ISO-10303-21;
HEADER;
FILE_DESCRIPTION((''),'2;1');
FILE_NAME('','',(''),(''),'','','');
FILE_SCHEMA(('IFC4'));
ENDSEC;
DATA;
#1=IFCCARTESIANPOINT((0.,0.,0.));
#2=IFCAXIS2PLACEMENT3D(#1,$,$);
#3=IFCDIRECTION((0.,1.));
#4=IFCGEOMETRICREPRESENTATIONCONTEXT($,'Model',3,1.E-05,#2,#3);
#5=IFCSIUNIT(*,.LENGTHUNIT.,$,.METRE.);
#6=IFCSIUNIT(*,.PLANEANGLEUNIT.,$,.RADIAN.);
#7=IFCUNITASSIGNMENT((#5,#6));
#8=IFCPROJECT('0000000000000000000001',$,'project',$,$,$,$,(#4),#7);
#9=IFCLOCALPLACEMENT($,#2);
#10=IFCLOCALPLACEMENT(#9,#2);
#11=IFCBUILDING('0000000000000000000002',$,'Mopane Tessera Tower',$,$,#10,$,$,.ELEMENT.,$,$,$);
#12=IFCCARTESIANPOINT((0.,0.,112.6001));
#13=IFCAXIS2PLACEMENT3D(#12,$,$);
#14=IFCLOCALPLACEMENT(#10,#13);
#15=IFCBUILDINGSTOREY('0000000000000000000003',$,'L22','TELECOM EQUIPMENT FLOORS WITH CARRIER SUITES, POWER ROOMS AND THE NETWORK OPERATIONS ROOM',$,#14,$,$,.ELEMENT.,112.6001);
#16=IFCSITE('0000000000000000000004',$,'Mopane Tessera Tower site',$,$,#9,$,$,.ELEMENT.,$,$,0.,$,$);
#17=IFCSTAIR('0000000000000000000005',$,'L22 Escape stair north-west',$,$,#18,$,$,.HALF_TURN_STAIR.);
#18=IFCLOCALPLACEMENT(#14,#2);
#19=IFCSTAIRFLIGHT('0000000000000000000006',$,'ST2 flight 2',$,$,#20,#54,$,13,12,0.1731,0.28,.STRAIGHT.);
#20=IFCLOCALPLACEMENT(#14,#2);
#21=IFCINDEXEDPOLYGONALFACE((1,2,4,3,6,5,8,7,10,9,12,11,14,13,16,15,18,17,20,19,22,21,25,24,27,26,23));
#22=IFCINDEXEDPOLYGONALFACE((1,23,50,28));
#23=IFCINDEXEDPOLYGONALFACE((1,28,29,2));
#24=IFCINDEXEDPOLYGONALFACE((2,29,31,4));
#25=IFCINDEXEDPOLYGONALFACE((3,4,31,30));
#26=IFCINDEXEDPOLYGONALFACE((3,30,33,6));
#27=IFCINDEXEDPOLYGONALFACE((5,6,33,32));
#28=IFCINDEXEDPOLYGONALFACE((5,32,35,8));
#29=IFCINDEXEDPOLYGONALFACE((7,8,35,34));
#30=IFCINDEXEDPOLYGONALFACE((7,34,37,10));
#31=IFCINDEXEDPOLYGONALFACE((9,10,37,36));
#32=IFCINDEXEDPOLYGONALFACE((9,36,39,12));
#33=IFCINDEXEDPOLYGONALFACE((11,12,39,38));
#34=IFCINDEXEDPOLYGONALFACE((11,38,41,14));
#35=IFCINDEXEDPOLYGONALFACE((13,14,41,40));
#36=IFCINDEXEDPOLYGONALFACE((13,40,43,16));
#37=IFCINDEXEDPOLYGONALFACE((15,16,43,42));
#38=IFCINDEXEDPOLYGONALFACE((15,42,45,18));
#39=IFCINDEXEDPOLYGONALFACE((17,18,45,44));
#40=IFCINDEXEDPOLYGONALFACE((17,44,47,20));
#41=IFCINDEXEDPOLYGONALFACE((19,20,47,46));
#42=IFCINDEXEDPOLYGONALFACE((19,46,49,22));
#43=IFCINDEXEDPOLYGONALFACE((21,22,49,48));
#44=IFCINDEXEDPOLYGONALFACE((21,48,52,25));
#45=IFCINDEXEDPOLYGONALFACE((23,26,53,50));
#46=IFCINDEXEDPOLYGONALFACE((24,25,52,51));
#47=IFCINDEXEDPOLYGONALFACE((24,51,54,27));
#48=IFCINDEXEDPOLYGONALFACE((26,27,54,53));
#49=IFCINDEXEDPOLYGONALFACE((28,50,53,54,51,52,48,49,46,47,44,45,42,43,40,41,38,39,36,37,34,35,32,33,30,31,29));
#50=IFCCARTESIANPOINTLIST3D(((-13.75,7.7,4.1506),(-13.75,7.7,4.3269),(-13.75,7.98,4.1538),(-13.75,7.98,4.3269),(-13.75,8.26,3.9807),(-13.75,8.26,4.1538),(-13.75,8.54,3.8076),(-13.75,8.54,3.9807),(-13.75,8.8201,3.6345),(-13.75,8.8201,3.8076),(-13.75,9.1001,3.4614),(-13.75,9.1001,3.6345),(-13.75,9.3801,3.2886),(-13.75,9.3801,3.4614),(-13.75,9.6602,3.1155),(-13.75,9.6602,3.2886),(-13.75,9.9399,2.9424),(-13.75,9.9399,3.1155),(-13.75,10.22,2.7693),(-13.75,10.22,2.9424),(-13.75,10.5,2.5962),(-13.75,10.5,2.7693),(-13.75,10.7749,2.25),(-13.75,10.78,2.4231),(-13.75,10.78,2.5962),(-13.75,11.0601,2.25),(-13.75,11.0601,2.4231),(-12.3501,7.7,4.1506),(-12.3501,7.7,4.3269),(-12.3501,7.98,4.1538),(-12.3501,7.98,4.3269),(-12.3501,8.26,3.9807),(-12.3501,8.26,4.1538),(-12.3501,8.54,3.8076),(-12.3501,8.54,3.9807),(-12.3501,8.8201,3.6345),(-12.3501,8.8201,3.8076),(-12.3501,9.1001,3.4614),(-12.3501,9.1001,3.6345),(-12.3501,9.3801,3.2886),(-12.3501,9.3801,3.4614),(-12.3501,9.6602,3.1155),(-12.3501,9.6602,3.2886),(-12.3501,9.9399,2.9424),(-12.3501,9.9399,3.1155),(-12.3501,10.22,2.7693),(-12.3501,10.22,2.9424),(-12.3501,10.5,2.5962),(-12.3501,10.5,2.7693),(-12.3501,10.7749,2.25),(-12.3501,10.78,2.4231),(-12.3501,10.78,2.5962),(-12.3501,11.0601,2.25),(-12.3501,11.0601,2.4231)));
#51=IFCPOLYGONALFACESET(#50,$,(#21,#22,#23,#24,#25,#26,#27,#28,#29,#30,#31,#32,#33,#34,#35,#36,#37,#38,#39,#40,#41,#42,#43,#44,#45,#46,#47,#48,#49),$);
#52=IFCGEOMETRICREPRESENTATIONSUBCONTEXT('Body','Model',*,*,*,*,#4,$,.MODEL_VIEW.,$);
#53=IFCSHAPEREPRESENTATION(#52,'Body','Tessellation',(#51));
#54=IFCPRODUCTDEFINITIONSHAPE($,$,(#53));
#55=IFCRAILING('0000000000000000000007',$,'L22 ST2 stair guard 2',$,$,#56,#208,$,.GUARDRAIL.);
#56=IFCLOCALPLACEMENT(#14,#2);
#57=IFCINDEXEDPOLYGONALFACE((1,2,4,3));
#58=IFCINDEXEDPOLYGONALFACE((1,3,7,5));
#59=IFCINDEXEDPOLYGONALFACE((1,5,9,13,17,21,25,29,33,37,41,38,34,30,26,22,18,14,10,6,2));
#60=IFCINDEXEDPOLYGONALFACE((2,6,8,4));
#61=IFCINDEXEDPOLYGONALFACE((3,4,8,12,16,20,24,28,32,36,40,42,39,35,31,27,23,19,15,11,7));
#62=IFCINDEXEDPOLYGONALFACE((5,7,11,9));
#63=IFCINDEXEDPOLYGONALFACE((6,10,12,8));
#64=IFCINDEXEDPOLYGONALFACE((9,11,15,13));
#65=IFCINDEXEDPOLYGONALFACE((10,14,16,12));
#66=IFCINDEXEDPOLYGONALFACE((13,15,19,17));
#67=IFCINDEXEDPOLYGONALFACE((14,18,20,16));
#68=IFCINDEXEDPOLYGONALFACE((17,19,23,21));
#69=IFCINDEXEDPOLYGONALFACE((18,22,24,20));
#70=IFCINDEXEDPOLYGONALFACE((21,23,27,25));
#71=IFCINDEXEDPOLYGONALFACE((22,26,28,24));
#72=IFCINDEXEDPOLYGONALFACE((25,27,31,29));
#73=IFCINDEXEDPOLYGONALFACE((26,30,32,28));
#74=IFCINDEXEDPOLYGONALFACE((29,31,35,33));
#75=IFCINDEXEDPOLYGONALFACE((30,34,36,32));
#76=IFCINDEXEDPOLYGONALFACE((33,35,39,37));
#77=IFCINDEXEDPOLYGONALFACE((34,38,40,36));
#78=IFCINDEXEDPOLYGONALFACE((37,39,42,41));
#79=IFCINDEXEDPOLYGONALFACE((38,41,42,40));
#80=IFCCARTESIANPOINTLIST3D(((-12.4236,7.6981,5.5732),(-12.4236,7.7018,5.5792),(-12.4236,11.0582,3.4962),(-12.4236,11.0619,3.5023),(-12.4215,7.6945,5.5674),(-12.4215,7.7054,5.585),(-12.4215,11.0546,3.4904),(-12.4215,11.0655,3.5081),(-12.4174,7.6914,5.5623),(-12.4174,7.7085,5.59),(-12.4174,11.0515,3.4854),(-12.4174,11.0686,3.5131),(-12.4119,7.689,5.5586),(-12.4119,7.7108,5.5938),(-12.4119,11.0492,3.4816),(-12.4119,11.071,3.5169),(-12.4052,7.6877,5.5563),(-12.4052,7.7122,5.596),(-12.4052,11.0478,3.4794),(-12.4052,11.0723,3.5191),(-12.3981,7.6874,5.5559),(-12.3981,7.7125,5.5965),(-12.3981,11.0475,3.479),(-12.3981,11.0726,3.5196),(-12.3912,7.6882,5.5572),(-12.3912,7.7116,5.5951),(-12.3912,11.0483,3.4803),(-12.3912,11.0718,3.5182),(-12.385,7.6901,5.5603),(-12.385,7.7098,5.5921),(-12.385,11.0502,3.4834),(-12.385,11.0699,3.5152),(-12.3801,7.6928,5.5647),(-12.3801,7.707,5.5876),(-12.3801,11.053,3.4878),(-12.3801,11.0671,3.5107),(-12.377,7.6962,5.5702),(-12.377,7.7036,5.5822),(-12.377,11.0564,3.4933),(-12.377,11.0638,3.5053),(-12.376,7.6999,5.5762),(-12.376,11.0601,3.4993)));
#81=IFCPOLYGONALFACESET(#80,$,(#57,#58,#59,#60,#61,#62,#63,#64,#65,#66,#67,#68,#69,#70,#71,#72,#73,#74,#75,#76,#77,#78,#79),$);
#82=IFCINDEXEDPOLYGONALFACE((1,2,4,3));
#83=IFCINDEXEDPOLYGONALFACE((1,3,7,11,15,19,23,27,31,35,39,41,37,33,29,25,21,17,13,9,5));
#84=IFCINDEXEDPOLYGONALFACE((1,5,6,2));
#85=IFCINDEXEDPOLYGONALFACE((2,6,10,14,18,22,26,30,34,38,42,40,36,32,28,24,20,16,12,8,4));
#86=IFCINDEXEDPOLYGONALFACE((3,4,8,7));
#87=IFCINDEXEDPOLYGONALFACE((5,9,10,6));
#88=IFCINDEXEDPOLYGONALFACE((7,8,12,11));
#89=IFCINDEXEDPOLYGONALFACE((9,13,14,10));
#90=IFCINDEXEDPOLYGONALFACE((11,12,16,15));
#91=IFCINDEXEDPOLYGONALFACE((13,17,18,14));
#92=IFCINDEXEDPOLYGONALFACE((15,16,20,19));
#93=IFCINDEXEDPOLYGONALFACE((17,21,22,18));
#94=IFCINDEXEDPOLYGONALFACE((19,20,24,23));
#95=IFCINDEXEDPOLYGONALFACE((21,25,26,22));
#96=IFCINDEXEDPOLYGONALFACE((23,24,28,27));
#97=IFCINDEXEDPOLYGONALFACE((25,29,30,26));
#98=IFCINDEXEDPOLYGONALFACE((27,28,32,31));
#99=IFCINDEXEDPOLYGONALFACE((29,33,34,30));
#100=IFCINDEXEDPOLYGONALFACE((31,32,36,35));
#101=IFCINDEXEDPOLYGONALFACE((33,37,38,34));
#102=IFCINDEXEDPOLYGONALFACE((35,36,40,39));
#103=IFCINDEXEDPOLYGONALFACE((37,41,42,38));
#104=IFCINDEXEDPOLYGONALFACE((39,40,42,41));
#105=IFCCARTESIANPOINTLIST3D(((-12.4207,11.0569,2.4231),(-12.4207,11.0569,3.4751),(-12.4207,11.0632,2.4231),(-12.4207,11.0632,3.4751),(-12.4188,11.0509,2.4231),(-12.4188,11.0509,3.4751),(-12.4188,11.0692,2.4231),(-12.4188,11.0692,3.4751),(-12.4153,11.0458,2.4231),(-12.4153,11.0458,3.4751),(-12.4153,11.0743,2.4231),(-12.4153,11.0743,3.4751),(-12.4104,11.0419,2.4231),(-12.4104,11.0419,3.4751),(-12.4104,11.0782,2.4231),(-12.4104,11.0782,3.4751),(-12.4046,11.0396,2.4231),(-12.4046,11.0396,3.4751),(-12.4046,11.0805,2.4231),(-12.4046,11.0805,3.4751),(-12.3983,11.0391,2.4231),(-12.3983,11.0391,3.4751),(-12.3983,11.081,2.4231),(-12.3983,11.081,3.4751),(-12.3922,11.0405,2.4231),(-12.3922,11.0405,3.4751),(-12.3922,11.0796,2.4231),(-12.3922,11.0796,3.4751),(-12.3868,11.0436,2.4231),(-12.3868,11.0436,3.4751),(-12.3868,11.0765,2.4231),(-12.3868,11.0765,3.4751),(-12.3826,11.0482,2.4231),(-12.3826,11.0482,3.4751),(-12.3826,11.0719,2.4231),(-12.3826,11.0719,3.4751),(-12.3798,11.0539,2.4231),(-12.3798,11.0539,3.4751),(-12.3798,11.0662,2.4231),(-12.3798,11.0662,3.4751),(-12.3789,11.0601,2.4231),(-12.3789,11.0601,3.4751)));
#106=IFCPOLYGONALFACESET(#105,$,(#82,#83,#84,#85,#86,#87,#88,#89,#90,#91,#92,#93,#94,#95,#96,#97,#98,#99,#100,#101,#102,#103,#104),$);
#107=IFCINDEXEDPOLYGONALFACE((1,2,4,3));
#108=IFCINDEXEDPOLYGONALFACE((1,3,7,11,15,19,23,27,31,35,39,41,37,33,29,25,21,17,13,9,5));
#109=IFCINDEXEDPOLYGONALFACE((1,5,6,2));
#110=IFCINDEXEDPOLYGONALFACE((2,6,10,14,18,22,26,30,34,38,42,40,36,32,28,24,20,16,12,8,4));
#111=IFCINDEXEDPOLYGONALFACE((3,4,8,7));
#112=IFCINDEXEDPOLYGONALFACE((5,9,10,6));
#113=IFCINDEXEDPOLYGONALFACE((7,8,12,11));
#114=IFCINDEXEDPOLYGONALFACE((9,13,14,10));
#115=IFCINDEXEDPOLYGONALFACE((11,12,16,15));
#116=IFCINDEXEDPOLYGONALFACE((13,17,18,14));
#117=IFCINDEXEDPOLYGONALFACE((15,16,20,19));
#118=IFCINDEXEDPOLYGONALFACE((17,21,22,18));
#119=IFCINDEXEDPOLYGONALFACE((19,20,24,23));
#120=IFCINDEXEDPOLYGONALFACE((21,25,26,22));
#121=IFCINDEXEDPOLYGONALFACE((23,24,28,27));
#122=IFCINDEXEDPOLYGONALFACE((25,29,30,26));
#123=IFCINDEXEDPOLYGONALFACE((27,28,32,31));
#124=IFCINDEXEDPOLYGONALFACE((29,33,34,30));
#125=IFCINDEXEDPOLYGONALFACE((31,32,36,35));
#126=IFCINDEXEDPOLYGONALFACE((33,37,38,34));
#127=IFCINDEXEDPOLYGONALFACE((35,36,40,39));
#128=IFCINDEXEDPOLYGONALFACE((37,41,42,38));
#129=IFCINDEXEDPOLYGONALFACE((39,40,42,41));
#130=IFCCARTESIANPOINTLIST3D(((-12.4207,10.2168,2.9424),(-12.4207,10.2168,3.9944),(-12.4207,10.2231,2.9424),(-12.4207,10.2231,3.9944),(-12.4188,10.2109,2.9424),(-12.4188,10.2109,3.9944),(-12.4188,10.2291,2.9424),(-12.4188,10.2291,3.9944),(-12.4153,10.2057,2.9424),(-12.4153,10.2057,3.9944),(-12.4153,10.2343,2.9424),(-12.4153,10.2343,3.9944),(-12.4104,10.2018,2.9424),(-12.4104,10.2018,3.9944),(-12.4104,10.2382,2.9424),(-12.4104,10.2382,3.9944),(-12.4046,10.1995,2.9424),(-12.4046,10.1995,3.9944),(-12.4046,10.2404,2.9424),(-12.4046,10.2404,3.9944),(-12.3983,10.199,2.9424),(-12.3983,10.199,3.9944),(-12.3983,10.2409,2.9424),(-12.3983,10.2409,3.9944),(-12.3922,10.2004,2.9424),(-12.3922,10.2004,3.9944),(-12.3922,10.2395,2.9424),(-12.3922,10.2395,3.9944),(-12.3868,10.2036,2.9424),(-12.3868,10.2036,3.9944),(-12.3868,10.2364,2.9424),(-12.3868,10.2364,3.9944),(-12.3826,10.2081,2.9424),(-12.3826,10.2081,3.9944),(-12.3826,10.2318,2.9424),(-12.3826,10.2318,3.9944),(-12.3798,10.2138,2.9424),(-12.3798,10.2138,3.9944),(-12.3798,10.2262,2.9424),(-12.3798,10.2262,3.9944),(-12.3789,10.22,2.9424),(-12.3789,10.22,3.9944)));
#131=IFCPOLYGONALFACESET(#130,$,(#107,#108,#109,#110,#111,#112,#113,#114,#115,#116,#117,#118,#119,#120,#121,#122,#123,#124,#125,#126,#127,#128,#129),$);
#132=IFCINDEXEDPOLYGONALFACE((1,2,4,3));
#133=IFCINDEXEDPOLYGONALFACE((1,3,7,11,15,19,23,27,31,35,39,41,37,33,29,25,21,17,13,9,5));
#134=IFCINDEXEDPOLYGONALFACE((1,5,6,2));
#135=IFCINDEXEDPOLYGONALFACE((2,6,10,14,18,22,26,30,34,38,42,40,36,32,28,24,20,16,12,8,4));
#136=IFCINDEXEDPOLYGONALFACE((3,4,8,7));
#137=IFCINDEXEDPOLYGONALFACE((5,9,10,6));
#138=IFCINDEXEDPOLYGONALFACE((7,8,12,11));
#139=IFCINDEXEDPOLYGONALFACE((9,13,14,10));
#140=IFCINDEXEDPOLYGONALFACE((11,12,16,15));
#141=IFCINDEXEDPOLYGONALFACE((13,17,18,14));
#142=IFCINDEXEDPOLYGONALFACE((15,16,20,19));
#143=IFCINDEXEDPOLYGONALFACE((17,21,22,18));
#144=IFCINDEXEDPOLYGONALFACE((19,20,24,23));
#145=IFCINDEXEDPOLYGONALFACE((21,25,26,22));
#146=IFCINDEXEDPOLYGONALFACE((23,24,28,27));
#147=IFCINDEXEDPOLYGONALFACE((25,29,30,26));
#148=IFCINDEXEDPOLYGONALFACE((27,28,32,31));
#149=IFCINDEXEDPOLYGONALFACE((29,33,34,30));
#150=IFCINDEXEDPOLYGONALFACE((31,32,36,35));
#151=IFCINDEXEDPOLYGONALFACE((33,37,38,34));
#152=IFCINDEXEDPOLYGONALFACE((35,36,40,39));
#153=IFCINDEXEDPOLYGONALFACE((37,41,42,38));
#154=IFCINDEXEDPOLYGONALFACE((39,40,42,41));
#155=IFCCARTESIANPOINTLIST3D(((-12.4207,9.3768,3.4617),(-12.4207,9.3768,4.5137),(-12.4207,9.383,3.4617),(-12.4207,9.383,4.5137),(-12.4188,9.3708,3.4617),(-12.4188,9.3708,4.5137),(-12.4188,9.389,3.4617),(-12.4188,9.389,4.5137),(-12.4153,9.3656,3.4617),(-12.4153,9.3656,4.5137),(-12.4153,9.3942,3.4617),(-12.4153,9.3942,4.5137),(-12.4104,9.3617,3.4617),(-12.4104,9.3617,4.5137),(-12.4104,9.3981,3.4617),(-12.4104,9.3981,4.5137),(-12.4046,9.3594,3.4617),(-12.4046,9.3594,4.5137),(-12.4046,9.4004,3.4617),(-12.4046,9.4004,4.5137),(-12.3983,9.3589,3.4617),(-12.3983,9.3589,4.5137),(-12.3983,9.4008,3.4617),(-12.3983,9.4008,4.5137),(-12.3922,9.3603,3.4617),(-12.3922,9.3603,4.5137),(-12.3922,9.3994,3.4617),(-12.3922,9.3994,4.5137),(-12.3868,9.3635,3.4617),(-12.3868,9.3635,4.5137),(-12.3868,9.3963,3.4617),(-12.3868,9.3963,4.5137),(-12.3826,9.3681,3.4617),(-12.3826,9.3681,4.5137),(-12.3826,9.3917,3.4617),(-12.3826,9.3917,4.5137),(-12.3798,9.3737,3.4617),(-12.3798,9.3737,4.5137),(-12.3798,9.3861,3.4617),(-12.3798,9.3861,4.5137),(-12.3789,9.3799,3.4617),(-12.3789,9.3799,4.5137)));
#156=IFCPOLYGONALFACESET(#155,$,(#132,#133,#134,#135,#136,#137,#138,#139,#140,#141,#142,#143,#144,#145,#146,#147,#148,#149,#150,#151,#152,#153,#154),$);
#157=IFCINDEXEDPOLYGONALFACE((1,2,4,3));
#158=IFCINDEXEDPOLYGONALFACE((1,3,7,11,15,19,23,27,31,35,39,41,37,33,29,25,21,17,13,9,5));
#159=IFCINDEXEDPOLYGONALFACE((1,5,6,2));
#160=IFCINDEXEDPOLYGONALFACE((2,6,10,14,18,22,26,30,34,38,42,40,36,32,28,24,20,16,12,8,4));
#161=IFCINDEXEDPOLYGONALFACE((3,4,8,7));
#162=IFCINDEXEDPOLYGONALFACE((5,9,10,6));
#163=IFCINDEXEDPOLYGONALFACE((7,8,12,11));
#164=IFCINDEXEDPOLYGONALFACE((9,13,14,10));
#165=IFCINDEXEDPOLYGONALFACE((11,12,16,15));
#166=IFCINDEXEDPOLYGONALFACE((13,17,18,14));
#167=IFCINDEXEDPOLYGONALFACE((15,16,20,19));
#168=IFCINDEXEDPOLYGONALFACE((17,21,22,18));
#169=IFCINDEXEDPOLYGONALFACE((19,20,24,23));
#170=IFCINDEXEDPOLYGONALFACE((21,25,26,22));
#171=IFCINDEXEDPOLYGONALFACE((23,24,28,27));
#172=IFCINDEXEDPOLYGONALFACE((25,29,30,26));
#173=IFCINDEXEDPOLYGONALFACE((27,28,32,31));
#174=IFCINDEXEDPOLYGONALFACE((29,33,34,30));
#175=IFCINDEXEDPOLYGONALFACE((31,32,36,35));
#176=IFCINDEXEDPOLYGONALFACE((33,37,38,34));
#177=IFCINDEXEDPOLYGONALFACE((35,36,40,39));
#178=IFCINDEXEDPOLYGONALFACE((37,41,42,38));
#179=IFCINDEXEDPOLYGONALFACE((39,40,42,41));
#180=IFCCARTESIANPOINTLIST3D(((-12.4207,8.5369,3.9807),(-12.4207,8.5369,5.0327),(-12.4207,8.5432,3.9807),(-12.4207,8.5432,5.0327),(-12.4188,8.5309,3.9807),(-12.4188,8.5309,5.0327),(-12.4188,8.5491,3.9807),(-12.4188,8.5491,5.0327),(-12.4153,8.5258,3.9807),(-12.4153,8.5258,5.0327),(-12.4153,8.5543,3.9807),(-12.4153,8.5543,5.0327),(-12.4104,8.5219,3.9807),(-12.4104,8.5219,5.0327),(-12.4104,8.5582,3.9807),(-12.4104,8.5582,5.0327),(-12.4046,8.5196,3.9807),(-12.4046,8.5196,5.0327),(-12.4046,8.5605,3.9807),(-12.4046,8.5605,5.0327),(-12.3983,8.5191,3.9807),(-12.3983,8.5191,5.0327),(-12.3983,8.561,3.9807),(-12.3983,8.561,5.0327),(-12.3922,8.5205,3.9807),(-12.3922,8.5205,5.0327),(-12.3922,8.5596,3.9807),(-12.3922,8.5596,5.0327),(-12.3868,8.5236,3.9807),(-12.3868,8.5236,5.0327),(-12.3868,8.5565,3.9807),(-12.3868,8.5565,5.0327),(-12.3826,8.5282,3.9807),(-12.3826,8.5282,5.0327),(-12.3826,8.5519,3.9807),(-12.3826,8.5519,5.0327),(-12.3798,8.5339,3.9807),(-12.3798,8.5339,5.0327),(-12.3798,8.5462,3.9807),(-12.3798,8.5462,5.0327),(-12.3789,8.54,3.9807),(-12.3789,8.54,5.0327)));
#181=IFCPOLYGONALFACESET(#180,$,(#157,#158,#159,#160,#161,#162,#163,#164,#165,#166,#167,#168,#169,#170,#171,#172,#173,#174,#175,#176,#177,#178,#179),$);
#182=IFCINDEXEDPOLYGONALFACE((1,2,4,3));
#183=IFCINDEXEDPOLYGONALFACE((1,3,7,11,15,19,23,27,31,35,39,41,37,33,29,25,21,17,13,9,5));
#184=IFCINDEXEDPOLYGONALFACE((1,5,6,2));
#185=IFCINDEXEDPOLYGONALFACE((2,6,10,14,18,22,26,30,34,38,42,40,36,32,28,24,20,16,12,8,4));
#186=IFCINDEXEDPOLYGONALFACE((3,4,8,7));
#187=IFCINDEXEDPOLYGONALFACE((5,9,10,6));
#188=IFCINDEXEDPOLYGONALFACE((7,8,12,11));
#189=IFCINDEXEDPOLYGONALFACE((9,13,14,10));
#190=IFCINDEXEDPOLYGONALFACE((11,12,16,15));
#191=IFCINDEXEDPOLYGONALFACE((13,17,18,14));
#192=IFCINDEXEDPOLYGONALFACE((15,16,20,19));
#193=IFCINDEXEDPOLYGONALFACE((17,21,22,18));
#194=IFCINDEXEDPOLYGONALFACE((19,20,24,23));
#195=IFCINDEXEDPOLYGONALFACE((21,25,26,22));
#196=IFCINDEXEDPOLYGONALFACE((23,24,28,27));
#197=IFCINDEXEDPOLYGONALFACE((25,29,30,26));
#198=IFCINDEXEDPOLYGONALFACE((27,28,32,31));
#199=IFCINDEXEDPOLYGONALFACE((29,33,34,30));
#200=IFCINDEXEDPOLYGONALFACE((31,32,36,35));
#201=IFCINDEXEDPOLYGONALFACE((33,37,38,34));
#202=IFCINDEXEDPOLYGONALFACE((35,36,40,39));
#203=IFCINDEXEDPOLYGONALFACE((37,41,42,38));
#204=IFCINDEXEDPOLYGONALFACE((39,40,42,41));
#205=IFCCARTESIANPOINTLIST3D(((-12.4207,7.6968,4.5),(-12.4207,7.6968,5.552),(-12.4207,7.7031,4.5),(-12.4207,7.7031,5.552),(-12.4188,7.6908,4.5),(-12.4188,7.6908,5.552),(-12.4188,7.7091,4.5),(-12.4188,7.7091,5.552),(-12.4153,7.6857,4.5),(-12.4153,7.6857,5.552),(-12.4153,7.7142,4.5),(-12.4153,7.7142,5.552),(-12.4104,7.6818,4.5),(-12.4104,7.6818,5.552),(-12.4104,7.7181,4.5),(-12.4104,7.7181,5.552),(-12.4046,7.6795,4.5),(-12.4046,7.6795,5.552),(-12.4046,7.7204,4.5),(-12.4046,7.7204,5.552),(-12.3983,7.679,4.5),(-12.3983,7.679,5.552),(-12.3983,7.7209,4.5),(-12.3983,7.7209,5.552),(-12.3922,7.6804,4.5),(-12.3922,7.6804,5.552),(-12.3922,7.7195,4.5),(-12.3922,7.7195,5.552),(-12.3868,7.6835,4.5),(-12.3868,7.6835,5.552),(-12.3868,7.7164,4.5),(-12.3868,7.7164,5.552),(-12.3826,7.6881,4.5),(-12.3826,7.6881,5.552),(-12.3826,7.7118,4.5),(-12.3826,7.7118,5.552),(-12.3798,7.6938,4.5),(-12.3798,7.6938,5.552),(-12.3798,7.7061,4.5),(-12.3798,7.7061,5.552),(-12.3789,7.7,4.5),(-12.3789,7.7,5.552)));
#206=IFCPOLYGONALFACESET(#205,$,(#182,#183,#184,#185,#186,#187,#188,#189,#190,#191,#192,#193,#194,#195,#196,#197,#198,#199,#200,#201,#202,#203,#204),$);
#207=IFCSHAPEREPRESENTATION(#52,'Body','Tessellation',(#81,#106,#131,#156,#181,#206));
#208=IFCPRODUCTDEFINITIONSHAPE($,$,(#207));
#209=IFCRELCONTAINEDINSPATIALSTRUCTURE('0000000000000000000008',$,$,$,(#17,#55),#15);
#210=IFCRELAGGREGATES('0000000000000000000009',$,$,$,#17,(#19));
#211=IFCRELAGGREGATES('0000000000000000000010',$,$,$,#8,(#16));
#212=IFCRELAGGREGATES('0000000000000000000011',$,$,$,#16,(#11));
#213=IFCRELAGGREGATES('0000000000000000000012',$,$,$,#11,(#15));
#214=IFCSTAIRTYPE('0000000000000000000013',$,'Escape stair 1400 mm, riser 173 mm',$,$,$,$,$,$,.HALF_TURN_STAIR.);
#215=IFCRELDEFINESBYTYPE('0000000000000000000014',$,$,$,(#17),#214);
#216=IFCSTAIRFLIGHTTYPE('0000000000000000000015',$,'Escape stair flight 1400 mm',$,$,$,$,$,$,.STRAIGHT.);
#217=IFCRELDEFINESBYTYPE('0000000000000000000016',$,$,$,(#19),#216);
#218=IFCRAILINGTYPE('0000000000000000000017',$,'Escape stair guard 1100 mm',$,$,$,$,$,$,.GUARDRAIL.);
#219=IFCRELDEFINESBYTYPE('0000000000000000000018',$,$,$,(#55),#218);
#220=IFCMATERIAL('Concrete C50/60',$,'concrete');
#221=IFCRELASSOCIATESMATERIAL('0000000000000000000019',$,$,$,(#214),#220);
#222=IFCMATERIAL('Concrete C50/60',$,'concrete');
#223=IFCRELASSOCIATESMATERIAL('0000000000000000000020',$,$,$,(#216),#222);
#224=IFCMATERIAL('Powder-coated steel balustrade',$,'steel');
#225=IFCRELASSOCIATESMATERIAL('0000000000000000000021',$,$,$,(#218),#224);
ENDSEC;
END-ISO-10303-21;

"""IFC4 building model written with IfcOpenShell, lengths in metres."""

from ifc_helpers import new_model, si_unit, direction, frame, origin, origin_2d, place, context, subcontext, project, spatial, polyline, circle, outline, extrude, material, type_object, element, aggregate, save


model = new_model("IFC4")

# Units and contexts
model_context = context("Model", 3, precision=1e-05, world=origin(), true_north=direction((0.0, 1.0)))
body_context = subcontext(model_context, "Body", "Model", "MODEL_VIEW")
ifc_project = project(units=[si_unit("LENGTHUNIT", "METRE"), si_unit("PLANEANGLEUNIT", "RADIAN")], contexts=[model_context])

# Site, building, storey
site_placement = place(None, origin())
site = spatial("IfcSite", under=ifc_project, at=site_placement, Name="Mopane Tessera Tower site", CompositionType="ELEMENT", RefElevation=0.0)
building_placement = place(site_placement, origin())
building = spatial("IfcBuilding", under=site, at=building_placement, Name="Mopane Tessera Tower", CompositionType="ELEMENT")
storey_placement = place(building_placement, frame((0.0, 0.0, 112.6001)))
storey = spatial("IfcBuildingStorey", under=building, at=storey_placement, Name="L22", Description="TELECOM EQUIPMENT FLOORS WITH CARRIER SUITES, POWER ROOMS AND THE NETWORK OPERATIONS ROOM", CompositionType="ELEMENT", Elevation=112.6001)

# Stair, stair flight
ifc_material_1 = material(Name="Concrete C50/60", Category="concrete")
stair_type = type_object("IfcStairType", Name="Escape stair 1400 mm, riser 173 mm", PredefinedType="HALF_TURN_STAIR", material=ifc_material_1)
stair_placement = place(storey_placement, origin())
stair = element("IfcStair", 1, at=stair_placement, inside=storey, type_object=stair_type, Name="L22 Escape stair north-west", PredefinedType="HALF_TURN_STAIR")
ifc_material_2 = material(Name="Concrete C50/60", Category="concrete")
stair_flight_type = type_object("IfcStairFlightType", Name="Escape stair flight 1400 mm", PredefinedType="STRAIGHT", material=ifc_material_2)
stair_flight_placement = place(storey_placement, frame((-13.05, 11.0601, 2.25), z_axis=(0.0, 0.0, 1.0), x_axis=(0.0, -1.0, 0.0)))
stair_flight = element("IfcStairFlight", 2, at=stair_flight_placement, type_object=stair_flight_type, Name="ST2 flight 2", NumberOfRisers=13, NumberOfTreads=12, PredefinedType="STRAIGHT", RiserHeight=0.1731, TreadLength=0.28, context=body_context, shape_type="SweptSolid", body=[
    extrude(outline(polyline([(0.0, 0.0), (0.0, 0.1731), (0.28, 0.1731), (0.28, 0.3462), (0.5601, 0.3462), (0.5601, 0.5193), (0.8401, 0.5193), (0.8401, 0.6924), (1.1201, 0.6924), (1.1201, 0.8655), (1.3999, 0.8655), (1.3999, 1.0386), (1.6799, 1.0386), (1.6799, 1.2114), (1.96, 1.2114), (1.96, 1.3845), (2.24, 1.3845), (2.24, 1.5576), (2.52, 1.5576), (2.52, 1.7307), (2.8, 1.7307), (2.8, 1.9038), (3.0801, 1.9038), (3.0801, 2.0769), (3.3601, 2.0769), (3.3601, 2.25), (3.3601, 1.9006), (0.2852, 0.0), (0.0, 0.0)])), frame((0.0, 0.7, 0.0), z_axis=(0.0, -1.0, 0.0), x_axis=(1.0, 0.0, 0.0)), (0.0, 0.0, 1.0), 1.3999),
])
aggregate(stair, [stair_flight])

# Railing
ifc_material_3 = material(Name="Powder-coated steel balustrade", Category="steel")
railing_type = type_object("IfcRailingType", Name="Escape stair guard 1100 mm", PredefinedType="GUARDRAIL", material=ifc_material_3)
railing_placement = place(storey_placement, frame((-12.3999, 11.0601, 2.4231)))
element("IfcRailing", 3, at=railing_placement, inside=storey, type_object=railing_type, Name="L22 ST2 stair guard 2", PredefinedType="GUARDRAIL", context=body_context, shape_type="SweptSolid", body=[
    extrude(circle(Radius=0.0239, at=origin_2d()), frame((0.0, 0.0, 1.0762), z_axis=(0.0, -0.850623, 0.525776), x_axis=(1.0, 0.0, 0.0)), (0.0, 0.0, 1.0), 3.9502),
    extrude(circle(Radius=0.021, at=origin_2d()), origin(), (0.0, 0.0, 1.0), 1.052),
    extrude(circle(Radius=0.021, at=origin_2d()), frame((0.0, -0.8401, 0.5193)), (0.0, 0.0, 1.0), 1.052),
    extrude(circle(Radius=0.021, at=origin_2d()), frame((0.0, -1.6802, 1.0386)), (0.0, 0.0, 1.0), 1.052),
    extrude(circle(Radius=0.021, at=origin_2d()), frame((0.0, -2.52, 1.5576)), (0.0, 0.0, 1.0), 1.052),
    extrude(circle(Radius=0.021, at=origin_2d()), frame((0.0, -3.3601, 2.0769)), (0.0, 0.0, 1.0), 1.052),
])

save(model, "model.ifc")
